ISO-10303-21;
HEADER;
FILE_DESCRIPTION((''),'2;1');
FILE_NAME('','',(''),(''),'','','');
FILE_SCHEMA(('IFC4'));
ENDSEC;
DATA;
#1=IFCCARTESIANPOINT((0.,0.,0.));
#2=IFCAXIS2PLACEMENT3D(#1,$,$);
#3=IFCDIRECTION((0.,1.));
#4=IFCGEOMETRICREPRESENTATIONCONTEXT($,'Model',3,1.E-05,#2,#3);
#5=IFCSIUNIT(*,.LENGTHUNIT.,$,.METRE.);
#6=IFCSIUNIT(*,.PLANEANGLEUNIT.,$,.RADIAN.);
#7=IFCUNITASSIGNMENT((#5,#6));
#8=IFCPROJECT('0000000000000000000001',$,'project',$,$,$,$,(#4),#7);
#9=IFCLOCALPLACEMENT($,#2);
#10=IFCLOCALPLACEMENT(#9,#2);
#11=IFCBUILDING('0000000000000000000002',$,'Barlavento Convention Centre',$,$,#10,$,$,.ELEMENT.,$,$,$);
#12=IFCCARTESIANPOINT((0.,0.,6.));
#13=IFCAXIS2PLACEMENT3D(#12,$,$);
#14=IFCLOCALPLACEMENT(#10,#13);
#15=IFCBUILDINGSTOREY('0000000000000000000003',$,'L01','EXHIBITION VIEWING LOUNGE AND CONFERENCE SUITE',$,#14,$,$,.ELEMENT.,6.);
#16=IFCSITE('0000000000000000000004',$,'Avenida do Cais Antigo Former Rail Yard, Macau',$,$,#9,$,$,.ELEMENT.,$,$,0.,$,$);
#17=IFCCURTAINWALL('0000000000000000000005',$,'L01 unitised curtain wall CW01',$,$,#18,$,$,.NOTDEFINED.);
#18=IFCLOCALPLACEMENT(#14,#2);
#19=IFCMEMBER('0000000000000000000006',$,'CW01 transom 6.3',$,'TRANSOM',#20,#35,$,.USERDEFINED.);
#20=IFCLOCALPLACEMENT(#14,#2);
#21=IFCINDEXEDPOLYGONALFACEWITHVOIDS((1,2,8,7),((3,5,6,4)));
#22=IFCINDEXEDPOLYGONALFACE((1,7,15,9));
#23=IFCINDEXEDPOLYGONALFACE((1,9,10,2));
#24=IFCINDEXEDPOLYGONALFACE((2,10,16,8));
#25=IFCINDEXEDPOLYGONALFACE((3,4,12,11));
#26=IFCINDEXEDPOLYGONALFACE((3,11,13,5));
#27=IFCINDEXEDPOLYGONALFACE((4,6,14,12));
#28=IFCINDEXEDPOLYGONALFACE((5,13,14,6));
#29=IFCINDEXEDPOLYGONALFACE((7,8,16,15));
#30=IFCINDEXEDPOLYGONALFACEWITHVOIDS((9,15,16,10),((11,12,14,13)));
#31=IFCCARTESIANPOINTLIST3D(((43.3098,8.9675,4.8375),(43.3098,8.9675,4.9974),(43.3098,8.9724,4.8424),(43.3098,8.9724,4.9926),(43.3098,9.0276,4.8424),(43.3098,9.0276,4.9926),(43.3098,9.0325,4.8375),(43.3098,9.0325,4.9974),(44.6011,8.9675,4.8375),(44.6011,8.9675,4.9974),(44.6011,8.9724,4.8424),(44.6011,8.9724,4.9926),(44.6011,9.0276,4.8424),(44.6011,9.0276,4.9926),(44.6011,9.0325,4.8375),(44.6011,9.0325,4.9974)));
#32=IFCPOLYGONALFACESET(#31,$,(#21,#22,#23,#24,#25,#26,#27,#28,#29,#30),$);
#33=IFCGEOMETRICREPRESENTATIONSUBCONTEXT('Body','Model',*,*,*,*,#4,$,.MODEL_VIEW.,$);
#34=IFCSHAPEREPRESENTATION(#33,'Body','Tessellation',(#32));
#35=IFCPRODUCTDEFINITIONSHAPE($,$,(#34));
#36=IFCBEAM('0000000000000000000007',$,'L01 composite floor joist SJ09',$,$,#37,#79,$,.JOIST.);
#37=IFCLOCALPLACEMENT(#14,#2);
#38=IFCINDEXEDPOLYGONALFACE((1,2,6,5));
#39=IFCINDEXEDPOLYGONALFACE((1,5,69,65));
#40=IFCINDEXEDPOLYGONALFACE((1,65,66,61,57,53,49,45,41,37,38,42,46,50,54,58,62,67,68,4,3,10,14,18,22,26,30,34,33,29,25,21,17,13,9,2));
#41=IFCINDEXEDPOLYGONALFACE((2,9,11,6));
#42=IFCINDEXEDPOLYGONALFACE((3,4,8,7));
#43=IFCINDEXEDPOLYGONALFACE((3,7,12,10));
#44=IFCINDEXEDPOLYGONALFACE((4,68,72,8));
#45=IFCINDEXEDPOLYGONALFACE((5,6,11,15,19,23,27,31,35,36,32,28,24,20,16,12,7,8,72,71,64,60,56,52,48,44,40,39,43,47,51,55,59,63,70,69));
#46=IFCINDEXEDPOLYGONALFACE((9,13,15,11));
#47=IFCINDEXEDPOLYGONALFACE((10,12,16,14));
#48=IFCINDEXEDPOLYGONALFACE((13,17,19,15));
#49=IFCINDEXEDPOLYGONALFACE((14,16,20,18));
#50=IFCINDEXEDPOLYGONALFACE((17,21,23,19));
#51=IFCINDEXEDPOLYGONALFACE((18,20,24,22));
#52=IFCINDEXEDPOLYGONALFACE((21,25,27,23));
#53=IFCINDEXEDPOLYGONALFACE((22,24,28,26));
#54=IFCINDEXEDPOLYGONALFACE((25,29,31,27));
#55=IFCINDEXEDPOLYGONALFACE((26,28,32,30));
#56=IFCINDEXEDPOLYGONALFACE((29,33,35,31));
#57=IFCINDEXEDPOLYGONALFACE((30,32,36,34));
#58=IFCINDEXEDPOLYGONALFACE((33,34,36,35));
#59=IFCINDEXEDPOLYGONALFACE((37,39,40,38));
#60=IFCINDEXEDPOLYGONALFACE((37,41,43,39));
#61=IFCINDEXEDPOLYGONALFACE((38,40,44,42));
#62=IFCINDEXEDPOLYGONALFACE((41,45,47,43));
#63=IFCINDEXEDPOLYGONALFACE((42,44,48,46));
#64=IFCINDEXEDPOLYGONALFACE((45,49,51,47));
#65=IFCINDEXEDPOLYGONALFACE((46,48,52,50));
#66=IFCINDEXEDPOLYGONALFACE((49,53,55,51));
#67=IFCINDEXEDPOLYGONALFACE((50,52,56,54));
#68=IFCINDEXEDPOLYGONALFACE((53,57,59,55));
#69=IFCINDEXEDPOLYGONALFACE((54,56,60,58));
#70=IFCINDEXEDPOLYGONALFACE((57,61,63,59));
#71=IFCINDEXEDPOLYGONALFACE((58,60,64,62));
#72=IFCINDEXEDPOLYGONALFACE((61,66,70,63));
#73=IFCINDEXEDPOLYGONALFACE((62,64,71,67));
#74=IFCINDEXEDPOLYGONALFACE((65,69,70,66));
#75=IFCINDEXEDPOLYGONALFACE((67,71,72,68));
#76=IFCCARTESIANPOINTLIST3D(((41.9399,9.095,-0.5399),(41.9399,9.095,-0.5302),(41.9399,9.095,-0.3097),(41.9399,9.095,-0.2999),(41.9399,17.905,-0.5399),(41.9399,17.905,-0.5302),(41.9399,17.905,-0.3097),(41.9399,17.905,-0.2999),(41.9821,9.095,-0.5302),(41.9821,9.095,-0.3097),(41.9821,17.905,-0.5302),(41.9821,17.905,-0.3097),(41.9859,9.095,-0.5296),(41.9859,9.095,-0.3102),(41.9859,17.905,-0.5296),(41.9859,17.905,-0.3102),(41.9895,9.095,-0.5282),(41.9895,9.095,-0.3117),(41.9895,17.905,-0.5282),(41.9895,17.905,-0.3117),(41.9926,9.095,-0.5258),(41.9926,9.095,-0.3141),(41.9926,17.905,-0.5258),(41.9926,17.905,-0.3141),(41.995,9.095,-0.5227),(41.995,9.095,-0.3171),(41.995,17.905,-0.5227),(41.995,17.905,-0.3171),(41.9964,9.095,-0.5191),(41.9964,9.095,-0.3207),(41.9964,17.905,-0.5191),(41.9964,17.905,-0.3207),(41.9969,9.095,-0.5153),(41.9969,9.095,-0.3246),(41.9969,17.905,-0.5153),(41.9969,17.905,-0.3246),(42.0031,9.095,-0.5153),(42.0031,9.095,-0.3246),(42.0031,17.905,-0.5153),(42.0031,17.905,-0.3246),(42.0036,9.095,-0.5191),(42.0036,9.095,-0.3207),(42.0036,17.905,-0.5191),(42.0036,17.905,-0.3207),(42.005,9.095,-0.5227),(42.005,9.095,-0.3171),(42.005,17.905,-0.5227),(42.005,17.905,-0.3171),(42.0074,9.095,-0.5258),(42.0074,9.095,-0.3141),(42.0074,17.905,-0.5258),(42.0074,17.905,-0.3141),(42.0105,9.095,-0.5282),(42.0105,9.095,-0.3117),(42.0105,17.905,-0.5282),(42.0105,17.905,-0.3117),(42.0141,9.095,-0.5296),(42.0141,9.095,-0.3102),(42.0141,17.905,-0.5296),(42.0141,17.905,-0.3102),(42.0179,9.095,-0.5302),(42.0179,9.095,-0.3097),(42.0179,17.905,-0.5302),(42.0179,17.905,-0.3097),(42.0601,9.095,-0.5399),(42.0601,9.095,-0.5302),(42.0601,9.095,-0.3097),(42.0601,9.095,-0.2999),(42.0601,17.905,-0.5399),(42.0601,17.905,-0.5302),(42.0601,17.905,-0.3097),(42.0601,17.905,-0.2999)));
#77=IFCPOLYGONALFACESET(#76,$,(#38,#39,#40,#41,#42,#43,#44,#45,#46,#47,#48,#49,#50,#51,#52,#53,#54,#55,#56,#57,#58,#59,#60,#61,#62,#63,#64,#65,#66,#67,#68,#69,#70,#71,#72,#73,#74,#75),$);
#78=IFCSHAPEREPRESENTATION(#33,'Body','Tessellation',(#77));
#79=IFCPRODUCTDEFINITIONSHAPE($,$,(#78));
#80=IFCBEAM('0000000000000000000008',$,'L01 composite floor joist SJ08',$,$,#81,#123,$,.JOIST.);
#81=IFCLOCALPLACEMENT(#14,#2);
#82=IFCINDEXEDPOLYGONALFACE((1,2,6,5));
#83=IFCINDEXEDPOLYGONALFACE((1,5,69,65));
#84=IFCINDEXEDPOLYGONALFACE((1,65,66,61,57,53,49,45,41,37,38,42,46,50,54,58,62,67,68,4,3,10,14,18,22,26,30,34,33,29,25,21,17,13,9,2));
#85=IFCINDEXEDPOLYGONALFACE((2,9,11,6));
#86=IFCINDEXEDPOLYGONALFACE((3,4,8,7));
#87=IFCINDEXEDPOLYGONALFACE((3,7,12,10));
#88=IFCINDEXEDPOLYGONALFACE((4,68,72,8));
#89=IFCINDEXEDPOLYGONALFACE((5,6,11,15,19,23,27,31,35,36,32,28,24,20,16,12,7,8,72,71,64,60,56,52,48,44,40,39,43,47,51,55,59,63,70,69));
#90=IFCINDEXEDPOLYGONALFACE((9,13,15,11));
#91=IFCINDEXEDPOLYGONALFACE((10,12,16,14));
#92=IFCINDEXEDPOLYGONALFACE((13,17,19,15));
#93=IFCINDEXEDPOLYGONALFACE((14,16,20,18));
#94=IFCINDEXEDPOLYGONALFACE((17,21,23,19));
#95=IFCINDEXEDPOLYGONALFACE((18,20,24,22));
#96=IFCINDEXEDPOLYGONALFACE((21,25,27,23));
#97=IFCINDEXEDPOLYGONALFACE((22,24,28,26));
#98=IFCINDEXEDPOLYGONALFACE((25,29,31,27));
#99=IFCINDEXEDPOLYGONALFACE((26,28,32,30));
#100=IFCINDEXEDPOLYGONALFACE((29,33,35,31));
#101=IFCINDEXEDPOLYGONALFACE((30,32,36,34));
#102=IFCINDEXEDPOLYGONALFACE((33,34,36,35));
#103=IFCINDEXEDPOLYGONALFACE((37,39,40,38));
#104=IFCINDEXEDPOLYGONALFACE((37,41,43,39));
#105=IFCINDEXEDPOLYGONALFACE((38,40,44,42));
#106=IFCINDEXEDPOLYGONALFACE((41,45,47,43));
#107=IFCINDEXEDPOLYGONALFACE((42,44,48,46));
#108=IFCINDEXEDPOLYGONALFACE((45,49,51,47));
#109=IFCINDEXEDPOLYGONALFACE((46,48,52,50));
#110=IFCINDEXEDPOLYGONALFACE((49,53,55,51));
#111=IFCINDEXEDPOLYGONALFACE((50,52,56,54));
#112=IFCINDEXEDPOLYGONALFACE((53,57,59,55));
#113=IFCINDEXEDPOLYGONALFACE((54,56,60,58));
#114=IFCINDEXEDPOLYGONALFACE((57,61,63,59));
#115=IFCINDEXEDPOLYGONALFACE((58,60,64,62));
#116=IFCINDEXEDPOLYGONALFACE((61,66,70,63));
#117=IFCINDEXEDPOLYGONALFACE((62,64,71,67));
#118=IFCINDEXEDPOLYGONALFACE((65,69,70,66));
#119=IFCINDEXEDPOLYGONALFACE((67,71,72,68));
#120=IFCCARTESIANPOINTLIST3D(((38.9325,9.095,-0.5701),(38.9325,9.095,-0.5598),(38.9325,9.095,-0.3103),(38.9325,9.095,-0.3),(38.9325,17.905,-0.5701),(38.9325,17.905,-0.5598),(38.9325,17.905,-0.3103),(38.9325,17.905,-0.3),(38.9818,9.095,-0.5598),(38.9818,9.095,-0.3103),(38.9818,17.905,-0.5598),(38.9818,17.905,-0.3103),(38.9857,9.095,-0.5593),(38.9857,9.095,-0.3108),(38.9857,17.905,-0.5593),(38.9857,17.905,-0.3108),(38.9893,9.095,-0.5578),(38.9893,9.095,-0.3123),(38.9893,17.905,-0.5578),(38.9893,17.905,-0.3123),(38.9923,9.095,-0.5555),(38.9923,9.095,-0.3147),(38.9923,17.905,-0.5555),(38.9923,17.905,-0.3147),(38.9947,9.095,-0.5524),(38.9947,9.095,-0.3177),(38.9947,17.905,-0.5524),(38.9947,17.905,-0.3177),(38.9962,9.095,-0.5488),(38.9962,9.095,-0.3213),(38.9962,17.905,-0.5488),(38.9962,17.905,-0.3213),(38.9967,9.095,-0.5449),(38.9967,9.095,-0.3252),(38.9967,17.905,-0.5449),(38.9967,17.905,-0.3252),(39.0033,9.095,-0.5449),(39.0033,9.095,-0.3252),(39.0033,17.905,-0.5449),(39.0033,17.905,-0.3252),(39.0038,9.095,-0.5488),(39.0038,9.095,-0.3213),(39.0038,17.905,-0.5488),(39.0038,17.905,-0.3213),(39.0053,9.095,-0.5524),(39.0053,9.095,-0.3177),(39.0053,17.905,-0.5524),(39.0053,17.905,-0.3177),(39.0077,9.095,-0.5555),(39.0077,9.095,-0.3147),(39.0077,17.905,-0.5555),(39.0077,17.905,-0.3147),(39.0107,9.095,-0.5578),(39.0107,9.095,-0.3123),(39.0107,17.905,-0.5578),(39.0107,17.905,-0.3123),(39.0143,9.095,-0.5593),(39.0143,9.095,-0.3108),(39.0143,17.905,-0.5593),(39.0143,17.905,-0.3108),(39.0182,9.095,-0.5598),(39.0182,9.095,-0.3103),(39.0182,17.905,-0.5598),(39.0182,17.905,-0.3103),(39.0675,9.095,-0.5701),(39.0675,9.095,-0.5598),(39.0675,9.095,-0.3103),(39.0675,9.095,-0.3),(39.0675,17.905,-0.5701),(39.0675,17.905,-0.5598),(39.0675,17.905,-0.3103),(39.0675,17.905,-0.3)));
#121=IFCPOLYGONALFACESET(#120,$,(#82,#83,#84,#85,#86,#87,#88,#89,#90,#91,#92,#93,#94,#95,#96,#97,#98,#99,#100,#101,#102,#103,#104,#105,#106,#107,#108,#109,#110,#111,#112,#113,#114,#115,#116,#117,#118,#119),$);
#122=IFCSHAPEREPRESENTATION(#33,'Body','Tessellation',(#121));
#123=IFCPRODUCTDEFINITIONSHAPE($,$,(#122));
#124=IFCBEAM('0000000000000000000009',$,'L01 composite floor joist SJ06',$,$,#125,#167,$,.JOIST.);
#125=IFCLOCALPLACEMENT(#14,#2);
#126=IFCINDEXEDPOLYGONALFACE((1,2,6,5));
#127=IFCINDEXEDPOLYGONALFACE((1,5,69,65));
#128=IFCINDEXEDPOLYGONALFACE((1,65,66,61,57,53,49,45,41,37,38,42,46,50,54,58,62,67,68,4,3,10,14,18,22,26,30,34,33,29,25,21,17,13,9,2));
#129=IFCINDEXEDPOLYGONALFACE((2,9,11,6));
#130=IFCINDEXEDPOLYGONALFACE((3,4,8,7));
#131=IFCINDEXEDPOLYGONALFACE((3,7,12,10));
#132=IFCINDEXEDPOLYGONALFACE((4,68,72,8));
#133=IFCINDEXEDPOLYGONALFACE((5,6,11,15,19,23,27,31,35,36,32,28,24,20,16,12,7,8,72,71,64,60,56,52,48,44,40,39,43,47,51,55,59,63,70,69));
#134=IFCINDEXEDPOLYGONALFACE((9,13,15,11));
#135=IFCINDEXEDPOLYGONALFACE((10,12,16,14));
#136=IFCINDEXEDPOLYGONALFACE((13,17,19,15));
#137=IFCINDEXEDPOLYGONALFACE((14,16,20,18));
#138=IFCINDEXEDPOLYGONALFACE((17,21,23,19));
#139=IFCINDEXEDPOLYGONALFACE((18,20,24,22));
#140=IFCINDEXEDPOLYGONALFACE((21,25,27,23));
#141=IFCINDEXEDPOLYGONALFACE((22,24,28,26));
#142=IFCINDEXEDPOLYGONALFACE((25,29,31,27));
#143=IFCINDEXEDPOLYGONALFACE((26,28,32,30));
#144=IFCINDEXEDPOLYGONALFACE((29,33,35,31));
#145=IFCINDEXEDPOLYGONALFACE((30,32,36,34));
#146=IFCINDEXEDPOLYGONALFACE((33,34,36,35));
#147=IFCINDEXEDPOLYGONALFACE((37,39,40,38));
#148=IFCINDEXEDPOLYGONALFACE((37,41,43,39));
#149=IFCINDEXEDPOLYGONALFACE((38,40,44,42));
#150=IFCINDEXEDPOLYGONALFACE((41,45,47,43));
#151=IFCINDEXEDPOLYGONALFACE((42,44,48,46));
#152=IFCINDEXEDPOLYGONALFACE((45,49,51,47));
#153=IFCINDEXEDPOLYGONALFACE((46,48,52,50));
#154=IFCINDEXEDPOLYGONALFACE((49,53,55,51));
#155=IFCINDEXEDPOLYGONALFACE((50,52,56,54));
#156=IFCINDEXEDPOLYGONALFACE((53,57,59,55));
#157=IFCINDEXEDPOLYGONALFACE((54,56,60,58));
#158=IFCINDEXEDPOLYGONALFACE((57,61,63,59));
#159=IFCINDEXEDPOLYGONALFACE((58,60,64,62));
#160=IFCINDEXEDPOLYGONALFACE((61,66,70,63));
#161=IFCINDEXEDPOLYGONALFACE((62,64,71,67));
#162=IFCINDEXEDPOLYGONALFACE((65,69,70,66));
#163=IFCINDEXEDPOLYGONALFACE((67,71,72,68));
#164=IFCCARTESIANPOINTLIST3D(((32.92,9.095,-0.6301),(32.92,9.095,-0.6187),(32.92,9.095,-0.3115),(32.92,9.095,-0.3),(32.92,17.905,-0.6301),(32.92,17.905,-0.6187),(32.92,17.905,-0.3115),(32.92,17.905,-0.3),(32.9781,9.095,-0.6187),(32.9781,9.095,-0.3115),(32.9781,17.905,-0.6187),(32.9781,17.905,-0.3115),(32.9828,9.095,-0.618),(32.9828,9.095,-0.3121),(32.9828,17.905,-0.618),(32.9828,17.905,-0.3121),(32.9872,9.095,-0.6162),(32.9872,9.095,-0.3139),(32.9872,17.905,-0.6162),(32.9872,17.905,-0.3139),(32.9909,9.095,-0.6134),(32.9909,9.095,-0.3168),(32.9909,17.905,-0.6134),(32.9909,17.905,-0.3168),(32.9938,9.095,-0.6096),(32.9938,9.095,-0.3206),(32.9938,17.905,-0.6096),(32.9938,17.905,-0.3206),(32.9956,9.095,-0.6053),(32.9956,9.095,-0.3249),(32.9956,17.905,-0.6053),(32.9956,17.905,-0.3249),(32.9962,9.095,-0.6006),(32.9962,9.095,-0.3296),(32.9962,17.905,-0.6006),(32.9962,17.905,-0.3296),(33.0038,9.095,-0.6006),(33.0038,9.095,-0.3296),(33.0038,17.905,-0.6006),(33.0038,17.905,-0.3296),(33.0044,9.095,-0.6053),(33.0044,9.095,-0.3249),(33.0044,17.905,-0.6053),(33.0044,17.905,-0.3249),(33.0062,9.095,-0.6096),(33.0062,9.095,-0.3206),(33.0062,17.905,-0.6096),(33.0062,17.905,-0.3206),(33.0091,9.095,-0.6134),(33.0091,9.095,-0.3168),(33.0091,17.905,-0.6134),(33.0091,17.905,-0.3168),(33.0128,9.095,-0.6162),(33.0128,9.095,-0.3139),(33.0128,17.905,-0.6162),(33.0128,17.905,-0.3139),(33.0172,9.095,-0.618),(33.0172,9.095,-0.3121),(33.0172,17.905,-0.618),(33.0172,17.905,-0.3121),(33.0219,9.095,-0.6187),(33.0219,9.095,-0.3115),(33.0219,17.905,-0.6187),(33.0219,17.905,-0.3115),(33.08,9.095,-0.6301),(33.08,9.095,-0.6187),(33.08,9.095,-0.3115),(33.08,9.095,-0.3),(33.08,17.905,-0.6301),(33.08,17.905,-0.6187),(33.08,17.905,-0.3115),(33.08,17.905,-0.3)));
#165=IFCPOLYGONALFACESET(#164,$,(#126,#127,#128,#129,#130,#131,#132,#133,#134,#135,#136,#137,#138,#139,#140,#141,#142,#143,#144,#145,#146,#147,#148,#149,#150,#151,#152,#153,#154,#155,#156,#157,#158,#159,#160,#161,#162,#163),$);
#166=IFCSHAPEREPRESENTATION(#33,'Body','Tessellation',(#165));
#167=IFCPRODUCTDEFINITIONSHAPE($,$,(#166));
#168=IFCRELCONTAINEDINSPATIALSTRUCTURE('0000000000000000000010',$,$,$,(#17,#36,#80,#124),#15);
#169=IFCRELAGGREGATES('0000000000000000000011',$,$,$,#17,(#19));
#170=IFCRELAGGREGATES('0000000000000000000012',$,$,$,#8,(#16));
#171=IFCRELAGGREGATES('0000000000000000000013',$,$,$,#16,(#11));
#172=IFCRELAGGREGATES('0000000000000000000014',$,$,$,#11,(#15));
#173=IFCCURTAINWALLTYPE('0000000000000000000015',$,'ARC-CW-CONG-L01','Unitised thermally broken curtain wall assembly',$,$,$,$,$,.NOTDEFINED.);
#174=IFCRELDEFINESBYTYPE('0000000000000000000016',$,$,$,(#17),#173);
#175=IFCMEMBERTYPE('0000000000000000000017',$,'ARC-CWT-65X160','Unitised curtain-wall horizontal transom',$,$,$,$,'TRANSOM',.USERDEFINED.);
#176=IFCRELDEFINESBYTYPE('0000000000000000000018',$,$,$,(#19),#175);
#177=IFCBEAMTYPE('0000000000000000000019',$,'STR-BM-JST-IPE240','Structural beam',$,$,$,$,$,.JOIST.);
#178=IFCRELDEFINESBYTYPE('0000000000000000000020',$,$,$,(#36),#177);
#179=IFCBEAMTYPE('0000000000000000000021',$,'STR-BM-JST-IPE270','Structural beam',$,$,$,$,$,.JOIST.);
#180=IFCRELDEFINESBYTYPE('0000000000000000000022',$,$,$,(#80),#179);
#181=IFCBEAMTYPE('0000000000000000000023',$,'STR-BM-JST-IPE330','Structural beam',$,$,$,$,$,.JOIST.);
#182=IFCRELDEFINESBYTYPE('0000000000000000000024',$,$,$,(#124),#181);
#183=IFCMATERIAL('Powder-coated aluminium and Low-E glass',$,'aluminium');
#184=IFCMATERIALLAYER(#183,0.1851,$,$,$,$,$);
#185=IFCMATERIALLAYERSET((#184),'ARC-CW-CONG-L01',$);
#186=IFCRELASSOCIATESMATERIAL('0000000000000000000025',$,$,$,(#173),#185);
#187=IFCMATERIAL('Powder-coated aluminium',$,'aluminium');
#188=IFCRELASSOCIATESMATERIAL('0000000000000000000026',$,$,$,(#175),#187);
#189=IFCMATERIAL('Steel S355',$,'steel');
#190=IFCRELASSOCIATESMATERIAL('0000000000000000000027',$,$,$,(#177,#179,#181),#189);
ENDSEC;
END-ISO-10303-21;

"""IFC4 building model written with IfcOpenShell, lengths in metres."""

from ifc_helpers import new_model, si_unit, direction, frame, origin, origin_2d, place, context, subcontext, project, spatial, hollow_rectangle, i_section, extrude, material, layer, layer_set, material_profile, profile_set, type_object, element, aggregate, save


model = new_model("IFC4")

# Units and contexts
model_context = context("Model", 3, precision=1e-05, world=origin(), true_north=direction((0.0, 1.0)))
body_context = subcontext(model_context, "Body", "Model", "MODEL_VIEW")
ifc_project = project(units=[si_unit("LENGTHUNIT", "METRE"), si_unit("PLANEANGLEUNIT", "RADIAN")], contexts=[model_context])

# Site, building, storey
site_placement = place(None, origin())
site = spatial("IfcSite", under=ifc_project, at=site_placement, Name="Avenida do Cais Antigo Former Rail Yard, Macau", CompositionType="ELEMENT", RefElevation=0.0)
building_placement = place(site_placement, origin())
building = spatial("IfcBuilding", under=site, at=building_placement, Name="Barlavento Convention Centre", CompositionType="ELEMENT")
storey_placement = place(building_placement, frame((0.0, 0.0, 6.0)))
storey = spatial("IfcBuildingStorey", under=building, at=storey_placement, Name="L01", Description="EXHIBITION VIEWING LOUNGE AND CONFERENCE SUITE", CompositionType="ELEMENT", Elevation=6.0)

# Shared definitions
ifc_material_1 = material(Name="Steel S355", Category="steel")

# Curtain wall, member
ifc_material_2 = material(Name="Powder-coated aluminium and Low-E glass", Category="aluminium")
ifc_layer_1 = layer(ifc_material_2, 0.1851)
ifc_layer_set_1 = layer_set([ifc_layer_1], Name="ARC-CW-CONG-L01")
curtain_wall_type = type_object("IfcCurtainWallType", Name="ARC-CW-CONG-L01", Description="Unitised thermally broken curtain wall assembly", PredefinedType="NOTDEFINED", material=ifc_layer_set_1)
curtain_wall_placement = place(storey_placement, origin())
curtain_wall = element("IfcCurtainWall", 1, at=curtain_wall_placement, inside=storey, type_object=curtain_wall_type, Name="L01 unitised curtain wall CW01", PredefinedType="NOTDEFINED")
ifc_material_3 = material(Name="Powder-coated aluminium", Category="aluminium")
ifc_material_profile_1 = material_profile(ifc_material_3, hollow_rectangle(XDim=0.0649, YDim=0.1599, WallThickness=0.0049, at=origin_2d()), Name="AL-TRAN 65x160x5")
ifc_profile_set_1 = profile_set([ifc_material_profile_1], Name="Powder-coated aluminium")
member_type_1 = type_object("IfcMemberType", Name="ARC-CWT-65X160", Description="Unitised curtain-wall horizontal transom", ElementType="TRANSOM", PredefinedType="USERDEFINED", material=ifc_profile_set_1)
member_1_placement = place(storey_placement, frame((43.3098, 9.0, 4.9175), z_axis=(1.0, 0.0, 0.0), x_axis=(0.0, 1.0, 0.0)))
member_1 = element("IfcMember", 2, at=member_1_placement, type_object=member_type_1, Name="CW01 transom 6.3", ObjectType="TRANSOM", PredefinedType="USERDEFINED", context=body_context, shape_type="SweptSolid", body=[
    extrude(hollow_rectangle(XDim=0.0649, YDim=0.1599, WallThickness=0.0049, at=origin_2d()), origin(), (0.0, 0.0, 1.0), 1.2913),
])

# Beams
ifc_material_profile_2 = material_profile(ifc_material_1, i_section(OverallWidth=0.1201, OverallDepth=0.24, WebThickness=0.0061, FlangeThickness=0.0098, FilletRadius=0.0149, at=origin_2d()), Name="IPE 240")
ifc_profile_set_2 = profile_set([ifc_material_profile_2], Name="Steel S355")
beam_type_1 = type_object("IfcBeamType", Name="STR-BM-JST-IPE240", Description="Structural beam", PredefinedType="JOIST", material=ifc_profile_set_2)
beam_1_placement = place(storey_placement, frame((42.0, 9.095, -0.4199), z_axis=(0.0, 1.0, 0.0), x_axis=(-1.0, 0.0, 0.0)))
element("IfcBeam", 3, at=beam_1_placement, inside=storey, type_object=beam_type_1, Name="L01 composite floor joist SJ09", PredefinedType="JOIST", context=body_context, shape_type="SweptSolid", body=[
    extrude(i_section(OverallWidth=0.1201, OverallDepth=0.24, WebThickness=0.0061, FlangeThickness=0.0098, FilletRadius=0.0149, at=origin_2d()), origin(), (0.0, 0.0, 1.0), 8.8101),
])
ifc_material_profile_3 = material_profile(ifc_material_1, i_section(OverallWidth=0.135, OverallDepth=0.27, WebThickness=0.0066, FlangeThickness=0.0103, FilletRadius=0.0149, at=origin_2d()), Name="IPE 270")
ifc_profile_set_3 = profile_set([ifc_material_profile_3], Name="Steel S355")
beam_type_2 = type_object("IfcBeamType", Name="STR-BM-JST-IPE270", Description="Structural beam", PredefinedType="JOIST", material=ifc_profile_set_3)
beam_2_placement = place(storey_placement, frame((39.0, 9.095, -0.4351), z_axis=(0.0, 1.0, 0.0), x_axis=(-1.0, 0.0, 0.0)))
element("IfcBeam", 4, at=beam_2_placement, inside=storey, type_object=beam_type_2, Name="L01 composite floor joist SJ08", PredefinedType="JOIST", context=body_context, shape_type="SweptSolid", body=[
    extrude(i_section(OverallWidth=0.135, OverallDepth=0.27, WebThickness=0.0066, FlangeThickness=0.0103, FilletRadius=0.0149, at=origin_2d()), origin(), (0.0, 0.0, 1.0), 8.8101),
])
ifc_material_profile_4 = material_profile(ifc_material_1, i_section(OverallWidth=0.1599, OverallDepth=0.3301, WebThickness=0.0076, FlangeThickness=0.0115, FilletRadius=0.0181, at=origin_2d()), Name="IPE 330")
ifc_profile_set_4 = profile_set([ifc_material_profile_4], Name="Steel S355")
beam_type_3 = type_object("IfcBeamType", Name="STR-BM-JST-IPE330", Description="Structural beam", PredefinedType="JOIST", material=ifc_profile_set_4)
beam_3_placement = place(storey_placement, frame((33.0, 9.095, -0.4651), z_axis=(0.0, 1.0, 0.0), x_axis=(-1.0, 0.0, 0.0)))
element("IfcBeam", 5, at=beam_3_placement, inside=storey, type_object=beam_type_3, Name="L01 composite floor joist SJ06", PredefinedType="JOIST", context=body_context, shape_type="SweptSolid", body=[
    extrude(i_section(OverallWidth=0.1599, OverallDepth=0.3301, WebThickness=0.0076, FlangeThickness=0.0115, FilletRadius=0.0181, at=origin_2d()), origin(), (0.0, 0.0, 1.0), 8.8101),
])

aggregate(curtain_wall, [member_1])

save(model, "model.ifc")
